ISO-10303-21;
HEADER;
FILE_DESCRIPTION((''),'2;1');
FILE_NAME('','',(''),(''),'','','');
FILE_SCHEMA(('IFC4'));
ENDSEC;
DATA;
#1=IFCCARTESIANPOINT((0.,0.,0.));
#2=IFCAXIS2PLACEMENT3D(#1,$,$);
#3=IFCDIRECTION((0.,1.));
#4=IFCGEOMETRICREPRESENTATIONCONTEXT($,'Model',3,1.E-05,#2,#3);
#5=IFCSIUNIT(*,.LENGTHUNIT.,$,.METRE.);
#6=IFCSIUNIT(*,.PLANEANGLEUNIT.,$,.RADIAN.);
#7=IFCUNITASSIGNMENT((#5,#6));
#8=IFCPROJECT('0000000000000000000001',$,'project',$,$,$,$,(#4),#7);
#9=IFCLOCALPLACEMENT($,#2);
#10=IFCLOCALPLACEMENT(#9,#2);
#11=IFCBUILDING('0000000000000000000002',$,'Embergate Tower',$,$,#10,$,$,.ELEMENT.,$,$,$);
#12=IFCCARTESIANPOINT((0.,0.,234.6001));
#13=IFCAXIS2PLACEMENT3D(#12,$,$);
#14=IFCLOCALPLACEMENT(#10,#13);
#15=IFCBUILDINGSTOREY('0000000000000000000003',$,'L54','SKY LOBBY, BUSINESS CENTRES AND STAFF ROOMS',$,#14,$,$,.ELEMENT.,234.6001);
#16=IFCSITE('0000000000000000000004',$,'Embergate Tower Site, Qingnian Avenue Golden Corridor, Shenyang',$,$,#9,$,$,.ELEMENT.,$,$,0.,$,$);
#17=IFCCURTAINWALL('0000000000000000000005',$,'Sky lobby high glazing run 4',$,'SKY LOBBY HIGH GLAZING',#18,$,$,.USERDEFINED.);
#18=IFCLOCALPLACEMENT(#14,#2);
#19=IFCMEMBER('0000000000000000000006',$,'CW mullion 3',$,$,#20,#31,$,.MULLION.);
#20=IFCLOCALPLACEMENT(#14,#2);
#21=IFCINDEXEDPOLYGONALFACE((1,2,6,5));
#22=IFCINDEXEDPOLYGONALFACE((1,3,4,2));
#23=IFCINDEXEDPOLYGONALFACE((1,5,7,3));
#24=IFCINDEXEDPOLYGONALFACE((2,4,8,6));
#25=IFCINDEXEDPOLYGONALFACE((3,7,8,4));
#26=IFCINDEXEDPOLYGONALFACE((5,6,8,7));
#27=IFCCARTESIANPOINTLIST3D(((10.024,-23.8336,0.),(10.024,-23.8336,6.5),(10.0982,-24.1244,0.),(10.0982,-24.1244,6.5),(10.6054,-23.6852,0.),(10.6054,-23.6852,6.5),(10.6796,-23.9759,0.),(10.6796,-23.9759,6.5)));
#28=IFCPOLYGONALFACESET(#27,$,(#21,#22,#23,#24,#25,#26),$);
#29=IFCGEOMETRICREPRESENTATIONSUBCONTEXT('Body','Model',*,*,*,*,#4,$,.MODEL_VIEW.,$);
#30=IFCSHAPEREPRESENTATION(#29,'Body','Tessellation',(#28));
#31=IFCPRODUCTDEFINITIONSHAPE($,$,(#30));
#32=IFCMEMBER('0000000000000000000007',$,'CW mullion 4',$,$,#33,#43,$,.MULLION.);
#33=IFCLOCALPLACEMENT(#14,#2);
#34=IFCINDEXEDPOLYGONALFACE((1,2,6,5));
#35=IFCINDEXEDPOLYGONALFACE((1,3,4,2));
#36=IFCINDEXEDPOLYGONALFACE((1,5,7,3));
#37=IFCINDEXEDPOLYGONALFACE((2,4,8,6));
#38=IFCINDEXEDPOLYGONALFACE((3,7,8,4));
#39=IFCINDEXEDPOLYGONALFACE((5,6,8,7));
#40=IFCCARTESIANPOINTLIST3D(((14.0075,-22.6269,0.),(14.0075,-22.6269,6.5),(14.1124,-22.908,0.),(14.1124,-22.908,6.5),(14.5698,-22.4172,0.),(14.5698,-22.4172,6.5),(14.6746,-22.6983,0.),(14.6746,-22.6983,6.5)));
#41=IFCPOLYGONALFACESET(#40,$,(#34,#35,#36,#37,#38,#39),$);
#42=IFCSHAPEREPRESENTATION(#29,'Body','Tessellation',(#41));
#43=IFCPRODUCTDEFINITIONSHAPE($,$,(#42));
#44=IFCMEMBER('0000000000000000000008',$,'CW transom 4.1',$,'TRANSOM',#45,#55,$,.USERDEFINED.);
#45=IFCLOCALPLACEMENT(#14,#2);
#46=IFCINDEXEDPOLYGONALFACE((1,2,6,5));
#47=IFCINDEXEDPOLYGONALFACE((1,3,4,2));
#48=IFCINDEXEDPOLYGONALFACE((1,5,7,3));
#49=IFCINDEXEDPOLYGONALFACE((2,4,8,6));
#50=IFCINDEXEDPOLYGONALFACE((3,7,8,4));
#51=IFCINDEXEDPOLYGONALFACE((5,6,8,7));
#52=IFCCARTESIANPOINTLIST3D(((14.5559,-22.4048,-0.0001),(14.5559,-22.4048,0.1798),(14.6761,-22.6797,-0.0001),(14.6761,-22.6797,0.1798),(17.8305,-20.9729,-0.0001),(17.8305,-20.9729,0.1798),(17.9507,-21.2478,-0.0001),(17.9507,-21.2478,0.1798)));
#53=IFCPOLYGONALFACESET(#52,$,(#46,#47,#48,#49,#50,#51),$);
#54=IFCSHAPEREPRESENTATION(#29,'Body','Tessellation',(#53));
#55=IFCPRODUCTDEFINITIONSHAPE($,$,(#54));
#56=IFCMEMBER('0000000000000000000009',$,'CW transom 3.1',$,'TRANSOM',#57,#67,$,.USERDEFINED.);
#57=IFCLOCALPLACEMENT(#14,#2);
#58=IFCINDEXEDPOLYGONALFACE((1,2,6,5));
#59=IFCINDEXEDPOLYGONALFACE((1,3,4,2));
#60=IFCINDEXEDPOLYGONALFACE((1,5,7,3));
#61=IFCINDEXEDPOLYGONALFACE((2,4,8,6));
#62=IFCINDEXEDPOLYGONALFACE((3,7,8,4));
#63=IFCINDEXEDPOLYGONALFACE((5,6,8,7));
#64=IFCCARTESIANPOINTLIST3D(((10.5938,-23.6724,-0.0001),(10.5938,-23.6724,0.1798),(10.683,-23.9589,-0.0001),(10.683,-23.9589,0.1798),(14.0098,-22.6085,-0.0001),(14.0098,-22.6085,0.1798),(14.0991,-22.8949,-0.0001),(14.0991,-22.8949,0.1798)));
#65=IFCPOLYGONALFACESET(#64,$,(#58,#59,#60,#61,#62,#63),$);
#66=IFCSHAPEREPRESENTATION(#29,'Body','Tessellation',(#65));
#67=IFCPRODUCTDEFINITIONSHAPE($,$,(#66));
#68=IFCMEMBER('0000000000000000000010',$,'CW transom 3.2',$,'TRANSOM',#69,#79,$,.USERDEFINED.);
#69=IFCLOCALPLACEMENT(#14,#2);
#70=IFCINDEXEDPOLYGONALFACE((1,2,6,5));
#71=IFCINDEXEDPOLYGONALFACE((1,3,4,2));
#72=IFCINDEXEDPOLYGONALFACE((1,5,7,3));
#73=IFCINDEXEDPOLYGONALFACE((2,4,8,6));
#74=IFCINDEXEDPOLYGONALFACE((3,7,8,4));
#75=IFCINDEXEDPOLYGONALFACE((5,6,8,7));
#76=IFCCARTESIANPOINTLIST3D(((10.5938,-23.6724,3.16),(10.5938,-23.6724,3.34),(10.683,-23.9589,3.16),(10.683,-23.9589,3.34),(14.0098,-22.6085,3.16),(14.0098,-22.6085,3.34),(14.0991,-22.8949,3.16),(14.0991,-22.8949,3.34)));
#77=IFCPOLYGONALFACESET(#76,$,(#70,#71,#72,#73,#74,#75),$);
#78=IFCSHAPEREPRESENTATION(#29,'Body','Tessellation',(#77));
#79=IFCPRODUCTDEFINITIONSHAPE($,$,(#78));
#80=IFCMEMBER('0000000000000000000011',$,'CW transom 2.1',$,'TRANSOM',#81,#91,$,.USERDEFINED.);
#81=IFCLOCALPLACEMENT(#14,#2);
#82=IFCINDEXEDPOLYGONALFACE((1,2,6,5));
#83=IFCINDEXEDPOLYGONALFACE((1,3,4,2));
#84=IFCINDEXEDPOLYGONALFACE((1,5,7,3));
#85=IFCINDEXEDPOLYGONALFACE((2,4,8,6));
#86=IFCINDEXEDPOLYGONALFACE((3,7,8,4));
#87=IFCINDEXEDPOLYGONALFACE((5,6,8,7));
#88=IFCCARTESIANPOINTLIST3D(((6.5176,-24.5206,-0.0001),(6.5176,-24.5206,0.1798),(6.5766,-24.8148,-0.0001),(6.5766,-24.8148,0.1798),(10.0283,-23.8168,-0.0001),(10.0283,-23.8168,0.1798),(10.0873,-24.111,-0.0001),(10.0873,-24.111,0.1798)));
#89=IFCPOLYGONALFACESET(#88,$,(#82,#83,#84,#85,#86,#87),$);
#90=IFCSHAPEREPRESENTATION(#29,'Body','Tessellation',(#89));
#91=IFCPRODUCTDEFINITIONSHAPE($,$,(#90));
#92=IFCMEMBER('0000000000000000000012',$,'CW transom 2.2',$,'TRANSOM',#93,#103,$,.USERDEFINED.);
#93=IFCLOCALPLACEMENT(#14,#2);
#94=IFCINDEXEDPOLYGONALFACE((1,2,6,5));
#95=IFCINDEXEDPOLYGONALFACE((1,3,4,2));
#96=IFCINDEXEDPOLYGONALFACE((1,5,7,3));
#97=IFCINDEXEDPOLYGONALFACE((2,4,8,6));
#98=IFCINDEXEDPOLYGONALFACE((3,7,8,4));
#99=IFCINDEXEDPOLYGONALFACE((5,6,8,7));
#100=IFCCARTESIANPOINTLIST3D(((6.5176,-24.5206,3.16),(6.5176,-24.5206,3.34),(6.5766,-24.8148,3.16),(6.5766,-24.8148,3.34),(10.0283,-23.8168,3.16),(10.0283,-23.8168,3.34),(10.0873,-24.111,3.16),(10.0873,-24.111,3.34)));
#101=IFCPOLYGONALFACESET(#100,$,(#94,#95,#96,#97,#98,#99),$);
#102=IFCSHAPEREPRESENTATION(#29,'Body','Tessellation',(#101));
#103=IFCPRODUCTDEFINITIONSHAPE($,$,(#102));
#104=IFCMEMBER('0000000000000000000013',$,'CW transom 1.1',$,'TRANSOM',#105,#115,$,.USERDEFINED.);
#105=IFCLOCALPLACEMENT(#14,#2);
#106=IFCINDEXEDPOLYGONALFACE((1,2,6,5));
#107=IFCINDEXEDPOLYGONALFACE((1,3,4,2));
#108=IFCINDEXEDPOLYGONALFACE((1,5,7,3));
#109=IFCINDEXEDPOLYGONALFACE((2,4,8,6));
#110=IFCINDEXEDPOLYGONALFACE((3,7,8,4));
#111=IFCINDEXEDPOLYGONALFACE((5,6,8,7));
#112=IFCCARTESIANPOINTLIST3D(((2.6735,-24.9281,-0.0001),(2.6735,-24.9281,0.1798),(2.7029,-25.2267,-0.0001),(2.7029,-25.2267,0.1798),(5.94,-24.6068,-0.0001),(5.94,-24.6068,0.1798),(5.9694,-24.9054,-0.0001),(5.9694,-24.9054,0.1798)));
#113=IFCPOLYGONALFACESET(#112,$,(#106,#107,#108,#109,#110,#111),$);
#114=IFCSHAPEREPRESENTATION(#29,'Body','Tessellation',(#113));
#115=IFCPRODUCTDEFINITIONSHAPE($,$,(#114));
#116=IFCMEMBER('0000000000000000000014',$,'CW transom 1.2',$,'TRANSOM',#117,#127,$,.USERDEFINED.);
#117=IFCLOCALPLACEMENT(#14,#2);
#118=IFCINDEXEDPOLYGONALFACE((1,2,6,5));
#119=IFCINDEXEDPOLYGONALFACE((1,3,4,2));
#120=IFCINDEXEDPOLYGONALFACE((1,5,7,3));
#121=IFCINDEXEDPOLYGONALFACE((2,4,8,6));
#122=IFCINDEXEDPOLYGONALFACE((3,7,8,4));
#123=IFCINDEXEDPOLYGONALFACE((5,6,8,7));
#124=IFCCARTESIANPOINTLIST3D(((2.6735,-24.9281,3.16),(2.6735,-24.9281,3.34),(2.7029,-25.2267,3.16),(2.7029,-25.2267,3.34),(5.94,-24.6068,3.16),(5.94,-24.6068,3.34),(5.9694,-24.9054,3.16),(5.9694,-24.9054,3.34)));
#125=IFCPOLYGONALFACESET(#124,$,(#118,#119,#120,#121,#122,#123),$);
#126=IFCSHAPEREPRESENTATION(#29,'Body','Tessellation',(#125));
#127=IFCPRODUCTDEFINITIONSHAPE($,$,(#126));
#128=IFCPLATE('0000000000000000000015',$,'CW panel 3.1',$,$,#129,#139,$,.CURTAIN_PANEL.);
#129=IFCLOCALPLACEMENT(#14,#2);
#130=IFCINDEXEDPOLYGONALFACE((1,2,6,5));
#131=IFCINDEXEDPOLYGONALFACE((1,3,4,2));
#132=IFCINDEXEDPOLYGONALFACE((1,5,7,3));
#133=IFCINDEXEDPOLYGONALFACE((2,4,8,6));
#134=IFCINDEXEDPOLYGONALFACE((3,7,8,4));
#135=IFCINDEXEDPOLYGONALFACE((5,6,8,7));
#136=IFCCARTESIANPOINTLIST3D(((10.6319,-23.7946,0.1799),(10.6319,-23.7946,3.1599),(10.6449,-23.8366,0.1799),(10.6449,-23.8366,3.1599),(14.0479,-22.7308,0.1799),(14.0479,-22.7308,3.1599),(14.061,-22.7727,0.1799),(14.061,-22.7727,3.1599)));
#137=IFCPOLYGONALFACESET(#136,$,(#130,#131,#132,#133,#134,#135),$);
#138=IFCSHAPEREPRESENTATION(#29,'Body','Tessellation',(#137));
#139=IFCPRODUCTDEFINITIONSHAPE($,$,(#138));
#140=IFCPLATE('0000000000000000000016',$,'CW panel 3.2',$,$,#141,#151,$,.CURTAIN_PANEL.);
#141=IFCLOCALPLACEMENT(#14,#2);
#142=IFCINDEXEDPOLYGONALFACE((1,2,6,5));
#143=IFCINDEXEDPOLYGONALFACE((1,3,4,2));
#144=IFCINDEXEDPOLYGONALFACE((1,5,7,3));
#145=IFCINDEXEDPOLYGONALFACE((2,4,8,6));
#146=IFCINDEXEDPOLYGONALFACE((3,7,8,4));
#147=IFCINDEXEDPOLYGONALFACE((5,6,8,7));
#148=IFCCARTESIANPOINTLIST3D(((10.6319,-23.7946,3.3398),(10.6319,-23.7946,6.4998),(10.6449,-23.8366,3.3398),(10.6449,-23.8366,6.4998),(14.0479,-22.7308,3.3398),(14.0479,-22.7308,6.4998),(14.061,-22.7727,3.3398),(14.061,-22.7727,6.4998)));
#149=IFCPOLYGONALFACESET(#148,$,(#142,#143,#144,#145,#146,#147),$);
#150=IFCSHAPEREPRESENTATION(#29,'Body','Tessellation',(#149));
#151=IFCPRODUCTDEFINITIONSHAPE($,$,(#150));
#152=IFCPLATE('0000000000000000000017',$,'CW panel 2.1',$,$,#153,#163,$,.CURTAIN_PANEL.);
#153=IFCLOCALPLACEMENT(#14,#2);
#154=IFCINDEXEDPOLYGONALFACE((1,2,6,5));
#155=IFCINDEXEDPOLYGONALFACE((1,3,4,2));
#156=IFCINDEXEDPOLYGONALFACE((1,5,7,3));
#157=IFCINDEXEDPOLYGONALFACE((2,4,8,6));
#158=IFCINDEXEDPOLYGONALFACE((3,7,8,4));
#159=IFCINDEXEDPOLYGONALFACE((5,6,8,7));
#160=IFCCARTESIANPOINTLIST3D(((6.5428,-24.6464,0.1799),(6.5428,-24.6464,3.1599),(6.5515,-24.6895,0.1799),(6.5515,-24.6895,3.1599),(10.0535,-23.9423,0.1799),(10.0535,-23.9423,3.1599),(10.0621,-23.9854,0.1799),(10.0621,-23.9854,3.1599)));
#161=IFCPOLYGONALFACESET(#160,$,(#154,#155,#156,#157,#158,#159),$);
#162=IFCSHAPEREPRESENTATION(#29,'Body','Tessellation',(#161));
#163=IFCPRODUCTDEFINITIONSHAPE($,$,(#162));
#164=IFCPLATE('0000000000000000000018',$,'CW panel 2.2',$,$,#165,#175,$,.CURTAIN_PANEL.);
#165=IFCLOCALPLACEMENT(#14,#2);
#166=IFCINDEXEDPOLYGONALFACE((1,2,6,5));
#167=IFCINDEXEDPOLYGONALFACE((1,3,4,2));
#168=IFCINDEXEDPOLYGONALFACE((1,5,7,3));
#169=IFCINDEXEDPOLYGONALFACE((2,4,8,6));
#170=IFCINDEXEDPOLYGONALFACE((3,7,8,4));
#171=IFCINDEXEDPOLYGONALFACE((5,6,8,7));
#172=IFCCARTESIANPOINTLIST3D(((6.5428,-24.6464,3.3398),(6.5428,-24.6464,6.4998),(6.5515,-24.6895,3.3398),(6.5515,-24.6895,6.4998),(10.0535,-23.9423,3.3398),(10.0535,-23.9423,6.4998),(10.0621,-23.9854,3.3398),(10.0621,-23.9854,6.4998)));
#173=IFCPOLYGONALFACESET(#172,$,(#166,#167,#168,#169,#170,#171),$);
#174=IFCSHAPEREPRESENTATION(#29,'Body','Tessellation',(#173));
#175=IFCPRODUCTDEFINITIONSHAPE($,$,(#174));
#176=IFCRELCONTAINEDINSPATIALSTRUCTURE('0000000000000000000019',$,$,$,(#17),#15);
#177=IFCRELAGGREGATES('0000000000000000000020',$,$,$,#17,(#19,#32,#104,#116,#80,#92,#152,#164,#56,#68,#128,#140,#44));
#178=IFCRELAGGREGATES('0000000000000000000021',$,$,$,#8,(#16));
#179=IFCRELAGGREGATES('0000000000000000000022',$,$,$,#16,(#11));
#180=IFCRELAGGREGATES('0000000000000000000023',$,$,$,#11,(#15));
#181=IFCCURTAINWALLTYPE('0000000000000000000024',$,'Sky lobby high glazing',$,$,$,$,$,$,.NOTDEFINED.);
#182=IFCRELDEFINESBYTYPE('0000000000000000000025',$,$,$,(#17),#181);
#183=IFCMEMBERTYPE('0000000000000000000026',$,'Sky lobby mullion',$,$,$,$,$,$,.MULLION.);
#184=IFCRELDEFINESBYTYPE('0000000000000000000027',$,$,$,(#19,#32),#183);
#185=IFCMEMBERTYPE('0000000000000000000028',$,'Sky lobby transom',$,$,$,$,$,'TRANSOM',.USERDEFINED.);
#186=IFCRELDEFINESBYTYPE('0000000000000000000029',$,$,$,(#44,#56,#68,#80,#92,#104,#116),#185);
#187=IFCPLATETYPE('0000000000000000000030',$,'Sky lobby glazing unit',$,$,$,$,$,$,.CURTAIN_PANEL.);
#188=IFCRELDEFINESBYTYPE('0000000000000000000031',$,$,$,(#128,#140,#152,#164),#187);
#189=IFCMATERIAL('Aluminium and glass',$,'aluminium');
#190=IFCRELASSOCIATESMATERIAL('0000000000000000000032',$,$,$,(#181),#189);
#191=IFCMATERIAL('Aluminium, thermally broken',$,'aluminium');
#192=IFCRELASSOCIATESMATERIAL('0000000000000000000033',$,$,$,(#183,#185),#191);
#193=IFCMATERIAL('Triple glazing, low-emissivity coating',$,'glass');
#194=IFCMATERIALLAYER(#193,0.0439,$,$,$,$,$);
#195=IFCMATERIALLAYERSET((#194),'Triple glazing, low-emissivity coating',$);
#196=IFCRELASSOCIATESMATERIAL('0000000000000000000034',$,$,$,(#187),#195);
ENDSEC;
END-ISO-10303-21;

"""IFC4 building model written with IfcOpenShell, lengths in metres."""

from ifc_helpers import new_model, si_unit, direction, frame, origin, origin_2d, place, context, subcontext, project, spatial, rectangle, extrude, source, transform, mapped, material, layer, layer_set, material_profile, profile_set, type_object, element, aggregate, save


model = new_model("IFC4")

# Units and contexts
model_context = context("Model", 3, precision=1e-05, world=origin(), true_north=direction((0.0, 1.0)))
body_context = subcontext(model_context, "Body", "Model", "MODEL_VIEW")
ifc_project = project(units=[si_unit("LENGTHUNIT", "METRE"), si_unit("PLANEANGLEUNIT", "RADIAN")], contexts=[model_context])

# Site, building, storey
site_placement = place(None, origin())
site = spatial("IfcSite", under=ifc_project, at=site_placement, Name="Embergate Tower Site, Qingnian Avenue Golden Corridor, Shenyang", CompositionType="ELEMENT", RefElevation=0.0)
building_placement = place(site_placement, origin())
building = spatial("IfcBuilding", under=site, at=building_placement, Name="Embergate Tower", CompositionType="ELEMENT")
storey_placement = place(building_placement, frame((0.0, 0.0, 234.6001)))
storey = spatial("IfcBuildingStorey", under=building, at=storey_placement, Name="L54", Description="SKY LOBBY, BUSINESS CENTRES AND STAFF ROOMS", CompositionType="ELEMENT", Elevation=234.6001)

# Shared definitions
ifc_material_1 = material(Name="Aluminium and glass", Category="aluminium")
curtain_wall_type = type_object("IfcCurtainWallType", Name="Sky lobby high glazing", PredefinedType="NOTDEFINED", material=ifc_material_1)
ifc_material_2 = material(Name="Aluminium, thermally broken", Category="aluminium")
ifc_material_profile_1 = material_profile(ifc_material_2, rectangle(XDim=0.3, YDim=0.6001, at=origin_2d()), Name="AL 600x300")
ifc_profile_set_1 = profile_set([ifc_material_profile_1], Name="Aluminium, thermally broken")
member_type_1 = type_object("IfcMemberType", Name="Sky lobby mullion", PredefinedType="MULLION", material=ifc_profile_set_1)
shared_shape_1 = source(origin(), body_context, "Body", "SweptSolid", [
    extrude(rectangle(XDim=0.3, YDim=0.6001, at=origin_2d()), origin(), (0.0, 0.0, 1.0), 6.5),
])

# Curtain wall, members, plates
curtain_wall_1_placement = place(storey_placement, origin())
curtain_wall_1 = element("IfcCurtainWall", 1, at=curtain_wall_1_placement, inside=storey, type_object=curtain_wall_type, Name="Sky lobby high glazing run 4", ObjectType="SKY LOBBY HIGH GLAZING", PredefinedType="USERDEFINED")
member_1_placement = place(storey_placement, frame((10.3518, -23.9048, 0.0), z_axis=(0.0, 0.0, 1.0), x_axis=(-0.247308, 0.968937, 0.0)))
member_1 = element("IfcMember", 2, at=member_1_placement, type_object=member_type_1, Name="CW mullion 3", PredefinedType="MULLION", context=body_context, shape_type="MappedRepresentation", body=[
    mapped(shared_shape_1, transform((0.0, 0.0, 0.0))),
])
member_2_placement = place(storey_placement, frame((14.3411, -22.6626, 0.0), z_axis=(0.0, 0.0, 1.0), x_axis=(-0.349498, 0.936937, 0.0)))
member_2 = element("IfcMember", 3, at=member_2_placement, type_object=member_type_1, Name="CW mullion 4", PredefinedType="MULLION", context=body_context, shape_type="MappedRepresentation", body=[
    mapped(shared_shape_1, transform((0.0, 0.0, 0.0))),
])
ifc_material_profile_2 = material_profile(ifc_material_2, rectangle(XDim=0.3, YDim=0.1799, at=origin_2d()), Name="AL 180x300")
ifc_profile_set_2 = profile_set([ifc_material_profile_2], Name="Aluminium, thermally broken")
member_type_2 = type_object("IfcMemberType", Name="Sky lobby transom", ElementType="TRANSOM", PredefinedType="USERDEFINED", material=ifc_profile_set_2)
shared_shape_2 = source(origin(), body_context, "Body", "SweptSolid", [
    extrude(rectangle(XDim=0.3, YDim=0.1799, at=origin_2d()), origin(), (0.0, 0.0, 1.0), 3.574),
])
member_3_placement = place(storey_placement, frame((14.616, -22.5422, 0.0898), z_axis=(0.916237, 0.400636, 0.0), x_axis=(-0.400636, 0.916237, 0.0)))
member_3 = element("IfcMember", 4, at=member_3_placement, type_object=member_type_2, Name="CW transom 4.1", ObjectType="TRANSOM", PredefinedType="USERDEFINED", context=body_context, shape_type="MappedRepresentation", body=[
    mapped(shared_shape_2, transform((0.0, 0.0, 0.0))),
])
shared_shape_3 = source(origin(), body_context, "Body", "SweptSolid", [
    extrude(rectangle(XDim=0.3, YDim=0.1799, at=origin_2d()), origin(), (0.0, 0.0, 1.0), 3.5779),
])
member_4_placement = place(storey_placement, frame((10.6384, -23.8157, 0.0898), z_axis=(0.954761, 0.297373, 0.0), x_axis=(-0.297373, 0.954761, 0.0)))
member_4 = element("IfcMember", 5, at=member_4_placement, type_object=member_type_2, Name="CW transom 3.1", ObjectType="TRANSOM", PredefinedType="USERDEFINED", context=body_context, shape_type="MappedRepresentation", body=[
    mapped(shared_shape_3, transform((0.0, 0.0, 0.0))),
])
member_5_placement = place(storey_placement, frame((10.6384, -23.8157, 3.25), z_axis=(0.954761, 0.297373, 0.0), x_axis=(-0.297373, 0.954761, 0.0)))
member_5 = element("IfcMember", 6, at=member_5_placement, type_object=member_type_2, Name="CW transom 3.2", ObjectType="TRANSOM", PredefinedType="USERDEFINED", context=body_context, shape_type="MappedRepresentation", body=[
    mapped(shared_shape_3, transform((0.0, 0.0, 0.0))),
])
shared_shape_4 = source(origin(), body_context, "Body", "SweptSolid", [
    extrude(rectangle(XDim=0.3, YDim=0.1799, at=origin_2d()), origin(), (0.0, 0.0, 1.0), 3.5806),
])
member_6_placement = place(storey_placement, frame((6.5471, -24.6677, 0.0898), z_axis=(0.980489, 0.196575, 0.0), x_axis=(-0.196575, 0.980489, 0.0)))
member_6 = element("IfcMember", 7, at=member_6_placement, type_object=member_type_2, Name="CW transom 2.1", ObjectType="TRANSOM", PredefinedType="USERDEFINED", context=body_context, shape_type="MappedRepresentation", body=[
    mapped(shared_shape_4, transform((0.0, 0.0, 0.0))),
])
member_7_placement = place(storey_placement, frame((6.5471, -24.6677, 3.25), z_axis=(0.980489, 0.196575, 0.0), x_axis=(-0.196575, 0.980489, 0.0)))
member_7 = element("IfcMember", 8, at=member_7_placement, type_object=member_type_2, Name="CW transom 2.2", ObjectType="TRANSOM", PredefinedType="USERDEFINED", context=body_context, shape_type="MappedRepresentation", body=[
    mapped(shared_shape_4, transform((0.0, 0.0, 0.0))),
])
shared_shape_5 = source(origin(), body_context, "Body", "SweptSolid", [
    extrude(rectangle(XDim=0.3, YDim=0.1799, at=origin_2d()), origin(), (0.0, 0.0, 1.0), 3.2822),
])
member_8_placement = place(storey_placement, frame((2.6882, -25.0774, 0.0898), z_axis=(0.995197, 0.097891, 0.0), x_axis=(-0.097891, 0.995197, 0.0)))
member_8 = element("IfcMember", 9, at=member_8_placement, type_object=member_type_2, Name="CW transom 1.1", ObjectType="TRANSOM", PredefinedType="USERDEFINED", context=body_context, shape_type="MappedRepresentation", body=[
    mapped(shared_shape_5, transform((0.0, 0.0, 0.0))),
])
member_9_placement = place(storey_placement, frame((2.6882, -25.0774, 3.25), z_axis=(0.995197, 0.097891, 0.0), x_axis=(-0.097891, 0.995197, 0.0)))
member_9 = element("IfcMember", 10, at=member_9_placement, type_object=member_type_2, Name="CW transom 1.2", ObjectType="TRANSOM", PredefinedType="USERDEFINED", context=body_context, shape_type="MappedRepresentation", body=[
    mapped(shared_shape_5, transform((0.0, 0.0, 0.0))),
])
ifc_material_3 = material(Name="Triple glazing, low-emissivity coating", Category="glass")
ifc_layer_1 = layer(ifc_material_3, 0.0439)
ifc_layer_set_1 = layer_set([ifc_layer_1], Name="Triple glazing, low-emissivity coating")
plate_type = type_object("IfcPlateType", Name="Sky lobby glazing unit", PredefinedType="CURTAIN_PANEL", material=ifc_layer_set_1)
shared_shape_6 = source(origin(), body_context, "Body", "SweptSolid", [
    extrude(rectangle(XDim=3.5779, YDim=0.0439, at=origin_2d()), origin(), (0.0, 0.0, 1.0), 2.98),
])
plate_1_placement = place(storey_placement, frame((12.3464, -23.2837, 0.1799), z_axis=(0.0, 0.0, 1.0), x_axis=(0.954772, 0.29734, 0.0)))
plate_1 = element("IfcPlate", 11, at=plate_1_placement, type_object=plate_type, Name="CW panel 3.1", PredefinedType="CURTAIN_PANEL", context=body_context, shape_type="MappedRepresentation", body=[
    mapped(shared_shape_6, transform((0.0, 0.0, 0.0))),
])
shared_shape_7 = source(origin(), body_context, "Body", "SweptSolid", [
    extrude(rectangle(XDim=3.5779, YDim=0.0439, at=origin_2d()), origin(), (0.0, 0.0, 1.0), 3.1599),
])
plate_2_placement = place(storey_placement, frame((12.3464, -23.2837, 3.3398), z_axis=(0.0, 0.0, 1.0), x_axis=(0.954772, 0.29734, 0.0)))
plate_2 = element("IfcPlate", 12, at=plate_2_placement, type_object=plate_type, Name="CW panel 3.2", PredefinedType="CURTAIN_PANEL", context=body_context, shape_type="MappedRepresentation", body=[
    mapped(shared_shape_7, transform((0.0, 0.0, 0.0))),
])
shared_shape_8 = source(origin(), body_context, "Body", "SweptSolid", [
    extrude(rectangle(XDim=3.5806, YDim=0.0439, at=origin_2d()), origin(), (0.0, 0.0, 1.0), 2.98),
])
plate_3_placement = place(storey_placement, frame((8.3025, -24.3159, 0.1799), z_axis=(0.0, 0.0, 1.0), x_axis=(0.980476, 0.196639, 0.0)))
plate_3 = element("IfcPlate", 13, at=plate_3_placement, type_object=plate_type, Name="CW panel 2.1", PredefinedType="CURTAIN_PANEL", context=body_context, shape_type="MappedRepresentation", body=[
    mapped(shared_shape_8, transform((0.0, 0.0, 0.0))),
])
shared_shape_9 = source(origin(), body_context, "Body", "SweptSolid", [
    extrude(rectangle(XDim=3.5806, YDim=0.0439, at=origin_2d()), origin(), (0.0, 0.0, 1.0), 3.1599),
])
plate_4_placement = place(storey_placement, frame((8.3025, -24.3159, 3.3398), z_axis=(0.0, 0.0, 1.0), x_axis=(0.980476, 0.196639, 0.0)))
plate_4 = element("IfcPlate", 14, at=plate_4_placement, type_object=plate_type, Name="CW panel 2.2", PredefinedType="CURTAIN_PANEL", context=body_context, shape_type="MappedRepresentation", body=[
    mapped(shared_shape_9, transform((0.0, 0.0, 0.0))),
])
aggregate(curtain_wall_1, [member_1, member_2, member_8, member_9, member_6, member_7, plate_3, plate_4, member_4, member_5, plate_1, plate_2, member_3])

save(model, "model.ifc")
